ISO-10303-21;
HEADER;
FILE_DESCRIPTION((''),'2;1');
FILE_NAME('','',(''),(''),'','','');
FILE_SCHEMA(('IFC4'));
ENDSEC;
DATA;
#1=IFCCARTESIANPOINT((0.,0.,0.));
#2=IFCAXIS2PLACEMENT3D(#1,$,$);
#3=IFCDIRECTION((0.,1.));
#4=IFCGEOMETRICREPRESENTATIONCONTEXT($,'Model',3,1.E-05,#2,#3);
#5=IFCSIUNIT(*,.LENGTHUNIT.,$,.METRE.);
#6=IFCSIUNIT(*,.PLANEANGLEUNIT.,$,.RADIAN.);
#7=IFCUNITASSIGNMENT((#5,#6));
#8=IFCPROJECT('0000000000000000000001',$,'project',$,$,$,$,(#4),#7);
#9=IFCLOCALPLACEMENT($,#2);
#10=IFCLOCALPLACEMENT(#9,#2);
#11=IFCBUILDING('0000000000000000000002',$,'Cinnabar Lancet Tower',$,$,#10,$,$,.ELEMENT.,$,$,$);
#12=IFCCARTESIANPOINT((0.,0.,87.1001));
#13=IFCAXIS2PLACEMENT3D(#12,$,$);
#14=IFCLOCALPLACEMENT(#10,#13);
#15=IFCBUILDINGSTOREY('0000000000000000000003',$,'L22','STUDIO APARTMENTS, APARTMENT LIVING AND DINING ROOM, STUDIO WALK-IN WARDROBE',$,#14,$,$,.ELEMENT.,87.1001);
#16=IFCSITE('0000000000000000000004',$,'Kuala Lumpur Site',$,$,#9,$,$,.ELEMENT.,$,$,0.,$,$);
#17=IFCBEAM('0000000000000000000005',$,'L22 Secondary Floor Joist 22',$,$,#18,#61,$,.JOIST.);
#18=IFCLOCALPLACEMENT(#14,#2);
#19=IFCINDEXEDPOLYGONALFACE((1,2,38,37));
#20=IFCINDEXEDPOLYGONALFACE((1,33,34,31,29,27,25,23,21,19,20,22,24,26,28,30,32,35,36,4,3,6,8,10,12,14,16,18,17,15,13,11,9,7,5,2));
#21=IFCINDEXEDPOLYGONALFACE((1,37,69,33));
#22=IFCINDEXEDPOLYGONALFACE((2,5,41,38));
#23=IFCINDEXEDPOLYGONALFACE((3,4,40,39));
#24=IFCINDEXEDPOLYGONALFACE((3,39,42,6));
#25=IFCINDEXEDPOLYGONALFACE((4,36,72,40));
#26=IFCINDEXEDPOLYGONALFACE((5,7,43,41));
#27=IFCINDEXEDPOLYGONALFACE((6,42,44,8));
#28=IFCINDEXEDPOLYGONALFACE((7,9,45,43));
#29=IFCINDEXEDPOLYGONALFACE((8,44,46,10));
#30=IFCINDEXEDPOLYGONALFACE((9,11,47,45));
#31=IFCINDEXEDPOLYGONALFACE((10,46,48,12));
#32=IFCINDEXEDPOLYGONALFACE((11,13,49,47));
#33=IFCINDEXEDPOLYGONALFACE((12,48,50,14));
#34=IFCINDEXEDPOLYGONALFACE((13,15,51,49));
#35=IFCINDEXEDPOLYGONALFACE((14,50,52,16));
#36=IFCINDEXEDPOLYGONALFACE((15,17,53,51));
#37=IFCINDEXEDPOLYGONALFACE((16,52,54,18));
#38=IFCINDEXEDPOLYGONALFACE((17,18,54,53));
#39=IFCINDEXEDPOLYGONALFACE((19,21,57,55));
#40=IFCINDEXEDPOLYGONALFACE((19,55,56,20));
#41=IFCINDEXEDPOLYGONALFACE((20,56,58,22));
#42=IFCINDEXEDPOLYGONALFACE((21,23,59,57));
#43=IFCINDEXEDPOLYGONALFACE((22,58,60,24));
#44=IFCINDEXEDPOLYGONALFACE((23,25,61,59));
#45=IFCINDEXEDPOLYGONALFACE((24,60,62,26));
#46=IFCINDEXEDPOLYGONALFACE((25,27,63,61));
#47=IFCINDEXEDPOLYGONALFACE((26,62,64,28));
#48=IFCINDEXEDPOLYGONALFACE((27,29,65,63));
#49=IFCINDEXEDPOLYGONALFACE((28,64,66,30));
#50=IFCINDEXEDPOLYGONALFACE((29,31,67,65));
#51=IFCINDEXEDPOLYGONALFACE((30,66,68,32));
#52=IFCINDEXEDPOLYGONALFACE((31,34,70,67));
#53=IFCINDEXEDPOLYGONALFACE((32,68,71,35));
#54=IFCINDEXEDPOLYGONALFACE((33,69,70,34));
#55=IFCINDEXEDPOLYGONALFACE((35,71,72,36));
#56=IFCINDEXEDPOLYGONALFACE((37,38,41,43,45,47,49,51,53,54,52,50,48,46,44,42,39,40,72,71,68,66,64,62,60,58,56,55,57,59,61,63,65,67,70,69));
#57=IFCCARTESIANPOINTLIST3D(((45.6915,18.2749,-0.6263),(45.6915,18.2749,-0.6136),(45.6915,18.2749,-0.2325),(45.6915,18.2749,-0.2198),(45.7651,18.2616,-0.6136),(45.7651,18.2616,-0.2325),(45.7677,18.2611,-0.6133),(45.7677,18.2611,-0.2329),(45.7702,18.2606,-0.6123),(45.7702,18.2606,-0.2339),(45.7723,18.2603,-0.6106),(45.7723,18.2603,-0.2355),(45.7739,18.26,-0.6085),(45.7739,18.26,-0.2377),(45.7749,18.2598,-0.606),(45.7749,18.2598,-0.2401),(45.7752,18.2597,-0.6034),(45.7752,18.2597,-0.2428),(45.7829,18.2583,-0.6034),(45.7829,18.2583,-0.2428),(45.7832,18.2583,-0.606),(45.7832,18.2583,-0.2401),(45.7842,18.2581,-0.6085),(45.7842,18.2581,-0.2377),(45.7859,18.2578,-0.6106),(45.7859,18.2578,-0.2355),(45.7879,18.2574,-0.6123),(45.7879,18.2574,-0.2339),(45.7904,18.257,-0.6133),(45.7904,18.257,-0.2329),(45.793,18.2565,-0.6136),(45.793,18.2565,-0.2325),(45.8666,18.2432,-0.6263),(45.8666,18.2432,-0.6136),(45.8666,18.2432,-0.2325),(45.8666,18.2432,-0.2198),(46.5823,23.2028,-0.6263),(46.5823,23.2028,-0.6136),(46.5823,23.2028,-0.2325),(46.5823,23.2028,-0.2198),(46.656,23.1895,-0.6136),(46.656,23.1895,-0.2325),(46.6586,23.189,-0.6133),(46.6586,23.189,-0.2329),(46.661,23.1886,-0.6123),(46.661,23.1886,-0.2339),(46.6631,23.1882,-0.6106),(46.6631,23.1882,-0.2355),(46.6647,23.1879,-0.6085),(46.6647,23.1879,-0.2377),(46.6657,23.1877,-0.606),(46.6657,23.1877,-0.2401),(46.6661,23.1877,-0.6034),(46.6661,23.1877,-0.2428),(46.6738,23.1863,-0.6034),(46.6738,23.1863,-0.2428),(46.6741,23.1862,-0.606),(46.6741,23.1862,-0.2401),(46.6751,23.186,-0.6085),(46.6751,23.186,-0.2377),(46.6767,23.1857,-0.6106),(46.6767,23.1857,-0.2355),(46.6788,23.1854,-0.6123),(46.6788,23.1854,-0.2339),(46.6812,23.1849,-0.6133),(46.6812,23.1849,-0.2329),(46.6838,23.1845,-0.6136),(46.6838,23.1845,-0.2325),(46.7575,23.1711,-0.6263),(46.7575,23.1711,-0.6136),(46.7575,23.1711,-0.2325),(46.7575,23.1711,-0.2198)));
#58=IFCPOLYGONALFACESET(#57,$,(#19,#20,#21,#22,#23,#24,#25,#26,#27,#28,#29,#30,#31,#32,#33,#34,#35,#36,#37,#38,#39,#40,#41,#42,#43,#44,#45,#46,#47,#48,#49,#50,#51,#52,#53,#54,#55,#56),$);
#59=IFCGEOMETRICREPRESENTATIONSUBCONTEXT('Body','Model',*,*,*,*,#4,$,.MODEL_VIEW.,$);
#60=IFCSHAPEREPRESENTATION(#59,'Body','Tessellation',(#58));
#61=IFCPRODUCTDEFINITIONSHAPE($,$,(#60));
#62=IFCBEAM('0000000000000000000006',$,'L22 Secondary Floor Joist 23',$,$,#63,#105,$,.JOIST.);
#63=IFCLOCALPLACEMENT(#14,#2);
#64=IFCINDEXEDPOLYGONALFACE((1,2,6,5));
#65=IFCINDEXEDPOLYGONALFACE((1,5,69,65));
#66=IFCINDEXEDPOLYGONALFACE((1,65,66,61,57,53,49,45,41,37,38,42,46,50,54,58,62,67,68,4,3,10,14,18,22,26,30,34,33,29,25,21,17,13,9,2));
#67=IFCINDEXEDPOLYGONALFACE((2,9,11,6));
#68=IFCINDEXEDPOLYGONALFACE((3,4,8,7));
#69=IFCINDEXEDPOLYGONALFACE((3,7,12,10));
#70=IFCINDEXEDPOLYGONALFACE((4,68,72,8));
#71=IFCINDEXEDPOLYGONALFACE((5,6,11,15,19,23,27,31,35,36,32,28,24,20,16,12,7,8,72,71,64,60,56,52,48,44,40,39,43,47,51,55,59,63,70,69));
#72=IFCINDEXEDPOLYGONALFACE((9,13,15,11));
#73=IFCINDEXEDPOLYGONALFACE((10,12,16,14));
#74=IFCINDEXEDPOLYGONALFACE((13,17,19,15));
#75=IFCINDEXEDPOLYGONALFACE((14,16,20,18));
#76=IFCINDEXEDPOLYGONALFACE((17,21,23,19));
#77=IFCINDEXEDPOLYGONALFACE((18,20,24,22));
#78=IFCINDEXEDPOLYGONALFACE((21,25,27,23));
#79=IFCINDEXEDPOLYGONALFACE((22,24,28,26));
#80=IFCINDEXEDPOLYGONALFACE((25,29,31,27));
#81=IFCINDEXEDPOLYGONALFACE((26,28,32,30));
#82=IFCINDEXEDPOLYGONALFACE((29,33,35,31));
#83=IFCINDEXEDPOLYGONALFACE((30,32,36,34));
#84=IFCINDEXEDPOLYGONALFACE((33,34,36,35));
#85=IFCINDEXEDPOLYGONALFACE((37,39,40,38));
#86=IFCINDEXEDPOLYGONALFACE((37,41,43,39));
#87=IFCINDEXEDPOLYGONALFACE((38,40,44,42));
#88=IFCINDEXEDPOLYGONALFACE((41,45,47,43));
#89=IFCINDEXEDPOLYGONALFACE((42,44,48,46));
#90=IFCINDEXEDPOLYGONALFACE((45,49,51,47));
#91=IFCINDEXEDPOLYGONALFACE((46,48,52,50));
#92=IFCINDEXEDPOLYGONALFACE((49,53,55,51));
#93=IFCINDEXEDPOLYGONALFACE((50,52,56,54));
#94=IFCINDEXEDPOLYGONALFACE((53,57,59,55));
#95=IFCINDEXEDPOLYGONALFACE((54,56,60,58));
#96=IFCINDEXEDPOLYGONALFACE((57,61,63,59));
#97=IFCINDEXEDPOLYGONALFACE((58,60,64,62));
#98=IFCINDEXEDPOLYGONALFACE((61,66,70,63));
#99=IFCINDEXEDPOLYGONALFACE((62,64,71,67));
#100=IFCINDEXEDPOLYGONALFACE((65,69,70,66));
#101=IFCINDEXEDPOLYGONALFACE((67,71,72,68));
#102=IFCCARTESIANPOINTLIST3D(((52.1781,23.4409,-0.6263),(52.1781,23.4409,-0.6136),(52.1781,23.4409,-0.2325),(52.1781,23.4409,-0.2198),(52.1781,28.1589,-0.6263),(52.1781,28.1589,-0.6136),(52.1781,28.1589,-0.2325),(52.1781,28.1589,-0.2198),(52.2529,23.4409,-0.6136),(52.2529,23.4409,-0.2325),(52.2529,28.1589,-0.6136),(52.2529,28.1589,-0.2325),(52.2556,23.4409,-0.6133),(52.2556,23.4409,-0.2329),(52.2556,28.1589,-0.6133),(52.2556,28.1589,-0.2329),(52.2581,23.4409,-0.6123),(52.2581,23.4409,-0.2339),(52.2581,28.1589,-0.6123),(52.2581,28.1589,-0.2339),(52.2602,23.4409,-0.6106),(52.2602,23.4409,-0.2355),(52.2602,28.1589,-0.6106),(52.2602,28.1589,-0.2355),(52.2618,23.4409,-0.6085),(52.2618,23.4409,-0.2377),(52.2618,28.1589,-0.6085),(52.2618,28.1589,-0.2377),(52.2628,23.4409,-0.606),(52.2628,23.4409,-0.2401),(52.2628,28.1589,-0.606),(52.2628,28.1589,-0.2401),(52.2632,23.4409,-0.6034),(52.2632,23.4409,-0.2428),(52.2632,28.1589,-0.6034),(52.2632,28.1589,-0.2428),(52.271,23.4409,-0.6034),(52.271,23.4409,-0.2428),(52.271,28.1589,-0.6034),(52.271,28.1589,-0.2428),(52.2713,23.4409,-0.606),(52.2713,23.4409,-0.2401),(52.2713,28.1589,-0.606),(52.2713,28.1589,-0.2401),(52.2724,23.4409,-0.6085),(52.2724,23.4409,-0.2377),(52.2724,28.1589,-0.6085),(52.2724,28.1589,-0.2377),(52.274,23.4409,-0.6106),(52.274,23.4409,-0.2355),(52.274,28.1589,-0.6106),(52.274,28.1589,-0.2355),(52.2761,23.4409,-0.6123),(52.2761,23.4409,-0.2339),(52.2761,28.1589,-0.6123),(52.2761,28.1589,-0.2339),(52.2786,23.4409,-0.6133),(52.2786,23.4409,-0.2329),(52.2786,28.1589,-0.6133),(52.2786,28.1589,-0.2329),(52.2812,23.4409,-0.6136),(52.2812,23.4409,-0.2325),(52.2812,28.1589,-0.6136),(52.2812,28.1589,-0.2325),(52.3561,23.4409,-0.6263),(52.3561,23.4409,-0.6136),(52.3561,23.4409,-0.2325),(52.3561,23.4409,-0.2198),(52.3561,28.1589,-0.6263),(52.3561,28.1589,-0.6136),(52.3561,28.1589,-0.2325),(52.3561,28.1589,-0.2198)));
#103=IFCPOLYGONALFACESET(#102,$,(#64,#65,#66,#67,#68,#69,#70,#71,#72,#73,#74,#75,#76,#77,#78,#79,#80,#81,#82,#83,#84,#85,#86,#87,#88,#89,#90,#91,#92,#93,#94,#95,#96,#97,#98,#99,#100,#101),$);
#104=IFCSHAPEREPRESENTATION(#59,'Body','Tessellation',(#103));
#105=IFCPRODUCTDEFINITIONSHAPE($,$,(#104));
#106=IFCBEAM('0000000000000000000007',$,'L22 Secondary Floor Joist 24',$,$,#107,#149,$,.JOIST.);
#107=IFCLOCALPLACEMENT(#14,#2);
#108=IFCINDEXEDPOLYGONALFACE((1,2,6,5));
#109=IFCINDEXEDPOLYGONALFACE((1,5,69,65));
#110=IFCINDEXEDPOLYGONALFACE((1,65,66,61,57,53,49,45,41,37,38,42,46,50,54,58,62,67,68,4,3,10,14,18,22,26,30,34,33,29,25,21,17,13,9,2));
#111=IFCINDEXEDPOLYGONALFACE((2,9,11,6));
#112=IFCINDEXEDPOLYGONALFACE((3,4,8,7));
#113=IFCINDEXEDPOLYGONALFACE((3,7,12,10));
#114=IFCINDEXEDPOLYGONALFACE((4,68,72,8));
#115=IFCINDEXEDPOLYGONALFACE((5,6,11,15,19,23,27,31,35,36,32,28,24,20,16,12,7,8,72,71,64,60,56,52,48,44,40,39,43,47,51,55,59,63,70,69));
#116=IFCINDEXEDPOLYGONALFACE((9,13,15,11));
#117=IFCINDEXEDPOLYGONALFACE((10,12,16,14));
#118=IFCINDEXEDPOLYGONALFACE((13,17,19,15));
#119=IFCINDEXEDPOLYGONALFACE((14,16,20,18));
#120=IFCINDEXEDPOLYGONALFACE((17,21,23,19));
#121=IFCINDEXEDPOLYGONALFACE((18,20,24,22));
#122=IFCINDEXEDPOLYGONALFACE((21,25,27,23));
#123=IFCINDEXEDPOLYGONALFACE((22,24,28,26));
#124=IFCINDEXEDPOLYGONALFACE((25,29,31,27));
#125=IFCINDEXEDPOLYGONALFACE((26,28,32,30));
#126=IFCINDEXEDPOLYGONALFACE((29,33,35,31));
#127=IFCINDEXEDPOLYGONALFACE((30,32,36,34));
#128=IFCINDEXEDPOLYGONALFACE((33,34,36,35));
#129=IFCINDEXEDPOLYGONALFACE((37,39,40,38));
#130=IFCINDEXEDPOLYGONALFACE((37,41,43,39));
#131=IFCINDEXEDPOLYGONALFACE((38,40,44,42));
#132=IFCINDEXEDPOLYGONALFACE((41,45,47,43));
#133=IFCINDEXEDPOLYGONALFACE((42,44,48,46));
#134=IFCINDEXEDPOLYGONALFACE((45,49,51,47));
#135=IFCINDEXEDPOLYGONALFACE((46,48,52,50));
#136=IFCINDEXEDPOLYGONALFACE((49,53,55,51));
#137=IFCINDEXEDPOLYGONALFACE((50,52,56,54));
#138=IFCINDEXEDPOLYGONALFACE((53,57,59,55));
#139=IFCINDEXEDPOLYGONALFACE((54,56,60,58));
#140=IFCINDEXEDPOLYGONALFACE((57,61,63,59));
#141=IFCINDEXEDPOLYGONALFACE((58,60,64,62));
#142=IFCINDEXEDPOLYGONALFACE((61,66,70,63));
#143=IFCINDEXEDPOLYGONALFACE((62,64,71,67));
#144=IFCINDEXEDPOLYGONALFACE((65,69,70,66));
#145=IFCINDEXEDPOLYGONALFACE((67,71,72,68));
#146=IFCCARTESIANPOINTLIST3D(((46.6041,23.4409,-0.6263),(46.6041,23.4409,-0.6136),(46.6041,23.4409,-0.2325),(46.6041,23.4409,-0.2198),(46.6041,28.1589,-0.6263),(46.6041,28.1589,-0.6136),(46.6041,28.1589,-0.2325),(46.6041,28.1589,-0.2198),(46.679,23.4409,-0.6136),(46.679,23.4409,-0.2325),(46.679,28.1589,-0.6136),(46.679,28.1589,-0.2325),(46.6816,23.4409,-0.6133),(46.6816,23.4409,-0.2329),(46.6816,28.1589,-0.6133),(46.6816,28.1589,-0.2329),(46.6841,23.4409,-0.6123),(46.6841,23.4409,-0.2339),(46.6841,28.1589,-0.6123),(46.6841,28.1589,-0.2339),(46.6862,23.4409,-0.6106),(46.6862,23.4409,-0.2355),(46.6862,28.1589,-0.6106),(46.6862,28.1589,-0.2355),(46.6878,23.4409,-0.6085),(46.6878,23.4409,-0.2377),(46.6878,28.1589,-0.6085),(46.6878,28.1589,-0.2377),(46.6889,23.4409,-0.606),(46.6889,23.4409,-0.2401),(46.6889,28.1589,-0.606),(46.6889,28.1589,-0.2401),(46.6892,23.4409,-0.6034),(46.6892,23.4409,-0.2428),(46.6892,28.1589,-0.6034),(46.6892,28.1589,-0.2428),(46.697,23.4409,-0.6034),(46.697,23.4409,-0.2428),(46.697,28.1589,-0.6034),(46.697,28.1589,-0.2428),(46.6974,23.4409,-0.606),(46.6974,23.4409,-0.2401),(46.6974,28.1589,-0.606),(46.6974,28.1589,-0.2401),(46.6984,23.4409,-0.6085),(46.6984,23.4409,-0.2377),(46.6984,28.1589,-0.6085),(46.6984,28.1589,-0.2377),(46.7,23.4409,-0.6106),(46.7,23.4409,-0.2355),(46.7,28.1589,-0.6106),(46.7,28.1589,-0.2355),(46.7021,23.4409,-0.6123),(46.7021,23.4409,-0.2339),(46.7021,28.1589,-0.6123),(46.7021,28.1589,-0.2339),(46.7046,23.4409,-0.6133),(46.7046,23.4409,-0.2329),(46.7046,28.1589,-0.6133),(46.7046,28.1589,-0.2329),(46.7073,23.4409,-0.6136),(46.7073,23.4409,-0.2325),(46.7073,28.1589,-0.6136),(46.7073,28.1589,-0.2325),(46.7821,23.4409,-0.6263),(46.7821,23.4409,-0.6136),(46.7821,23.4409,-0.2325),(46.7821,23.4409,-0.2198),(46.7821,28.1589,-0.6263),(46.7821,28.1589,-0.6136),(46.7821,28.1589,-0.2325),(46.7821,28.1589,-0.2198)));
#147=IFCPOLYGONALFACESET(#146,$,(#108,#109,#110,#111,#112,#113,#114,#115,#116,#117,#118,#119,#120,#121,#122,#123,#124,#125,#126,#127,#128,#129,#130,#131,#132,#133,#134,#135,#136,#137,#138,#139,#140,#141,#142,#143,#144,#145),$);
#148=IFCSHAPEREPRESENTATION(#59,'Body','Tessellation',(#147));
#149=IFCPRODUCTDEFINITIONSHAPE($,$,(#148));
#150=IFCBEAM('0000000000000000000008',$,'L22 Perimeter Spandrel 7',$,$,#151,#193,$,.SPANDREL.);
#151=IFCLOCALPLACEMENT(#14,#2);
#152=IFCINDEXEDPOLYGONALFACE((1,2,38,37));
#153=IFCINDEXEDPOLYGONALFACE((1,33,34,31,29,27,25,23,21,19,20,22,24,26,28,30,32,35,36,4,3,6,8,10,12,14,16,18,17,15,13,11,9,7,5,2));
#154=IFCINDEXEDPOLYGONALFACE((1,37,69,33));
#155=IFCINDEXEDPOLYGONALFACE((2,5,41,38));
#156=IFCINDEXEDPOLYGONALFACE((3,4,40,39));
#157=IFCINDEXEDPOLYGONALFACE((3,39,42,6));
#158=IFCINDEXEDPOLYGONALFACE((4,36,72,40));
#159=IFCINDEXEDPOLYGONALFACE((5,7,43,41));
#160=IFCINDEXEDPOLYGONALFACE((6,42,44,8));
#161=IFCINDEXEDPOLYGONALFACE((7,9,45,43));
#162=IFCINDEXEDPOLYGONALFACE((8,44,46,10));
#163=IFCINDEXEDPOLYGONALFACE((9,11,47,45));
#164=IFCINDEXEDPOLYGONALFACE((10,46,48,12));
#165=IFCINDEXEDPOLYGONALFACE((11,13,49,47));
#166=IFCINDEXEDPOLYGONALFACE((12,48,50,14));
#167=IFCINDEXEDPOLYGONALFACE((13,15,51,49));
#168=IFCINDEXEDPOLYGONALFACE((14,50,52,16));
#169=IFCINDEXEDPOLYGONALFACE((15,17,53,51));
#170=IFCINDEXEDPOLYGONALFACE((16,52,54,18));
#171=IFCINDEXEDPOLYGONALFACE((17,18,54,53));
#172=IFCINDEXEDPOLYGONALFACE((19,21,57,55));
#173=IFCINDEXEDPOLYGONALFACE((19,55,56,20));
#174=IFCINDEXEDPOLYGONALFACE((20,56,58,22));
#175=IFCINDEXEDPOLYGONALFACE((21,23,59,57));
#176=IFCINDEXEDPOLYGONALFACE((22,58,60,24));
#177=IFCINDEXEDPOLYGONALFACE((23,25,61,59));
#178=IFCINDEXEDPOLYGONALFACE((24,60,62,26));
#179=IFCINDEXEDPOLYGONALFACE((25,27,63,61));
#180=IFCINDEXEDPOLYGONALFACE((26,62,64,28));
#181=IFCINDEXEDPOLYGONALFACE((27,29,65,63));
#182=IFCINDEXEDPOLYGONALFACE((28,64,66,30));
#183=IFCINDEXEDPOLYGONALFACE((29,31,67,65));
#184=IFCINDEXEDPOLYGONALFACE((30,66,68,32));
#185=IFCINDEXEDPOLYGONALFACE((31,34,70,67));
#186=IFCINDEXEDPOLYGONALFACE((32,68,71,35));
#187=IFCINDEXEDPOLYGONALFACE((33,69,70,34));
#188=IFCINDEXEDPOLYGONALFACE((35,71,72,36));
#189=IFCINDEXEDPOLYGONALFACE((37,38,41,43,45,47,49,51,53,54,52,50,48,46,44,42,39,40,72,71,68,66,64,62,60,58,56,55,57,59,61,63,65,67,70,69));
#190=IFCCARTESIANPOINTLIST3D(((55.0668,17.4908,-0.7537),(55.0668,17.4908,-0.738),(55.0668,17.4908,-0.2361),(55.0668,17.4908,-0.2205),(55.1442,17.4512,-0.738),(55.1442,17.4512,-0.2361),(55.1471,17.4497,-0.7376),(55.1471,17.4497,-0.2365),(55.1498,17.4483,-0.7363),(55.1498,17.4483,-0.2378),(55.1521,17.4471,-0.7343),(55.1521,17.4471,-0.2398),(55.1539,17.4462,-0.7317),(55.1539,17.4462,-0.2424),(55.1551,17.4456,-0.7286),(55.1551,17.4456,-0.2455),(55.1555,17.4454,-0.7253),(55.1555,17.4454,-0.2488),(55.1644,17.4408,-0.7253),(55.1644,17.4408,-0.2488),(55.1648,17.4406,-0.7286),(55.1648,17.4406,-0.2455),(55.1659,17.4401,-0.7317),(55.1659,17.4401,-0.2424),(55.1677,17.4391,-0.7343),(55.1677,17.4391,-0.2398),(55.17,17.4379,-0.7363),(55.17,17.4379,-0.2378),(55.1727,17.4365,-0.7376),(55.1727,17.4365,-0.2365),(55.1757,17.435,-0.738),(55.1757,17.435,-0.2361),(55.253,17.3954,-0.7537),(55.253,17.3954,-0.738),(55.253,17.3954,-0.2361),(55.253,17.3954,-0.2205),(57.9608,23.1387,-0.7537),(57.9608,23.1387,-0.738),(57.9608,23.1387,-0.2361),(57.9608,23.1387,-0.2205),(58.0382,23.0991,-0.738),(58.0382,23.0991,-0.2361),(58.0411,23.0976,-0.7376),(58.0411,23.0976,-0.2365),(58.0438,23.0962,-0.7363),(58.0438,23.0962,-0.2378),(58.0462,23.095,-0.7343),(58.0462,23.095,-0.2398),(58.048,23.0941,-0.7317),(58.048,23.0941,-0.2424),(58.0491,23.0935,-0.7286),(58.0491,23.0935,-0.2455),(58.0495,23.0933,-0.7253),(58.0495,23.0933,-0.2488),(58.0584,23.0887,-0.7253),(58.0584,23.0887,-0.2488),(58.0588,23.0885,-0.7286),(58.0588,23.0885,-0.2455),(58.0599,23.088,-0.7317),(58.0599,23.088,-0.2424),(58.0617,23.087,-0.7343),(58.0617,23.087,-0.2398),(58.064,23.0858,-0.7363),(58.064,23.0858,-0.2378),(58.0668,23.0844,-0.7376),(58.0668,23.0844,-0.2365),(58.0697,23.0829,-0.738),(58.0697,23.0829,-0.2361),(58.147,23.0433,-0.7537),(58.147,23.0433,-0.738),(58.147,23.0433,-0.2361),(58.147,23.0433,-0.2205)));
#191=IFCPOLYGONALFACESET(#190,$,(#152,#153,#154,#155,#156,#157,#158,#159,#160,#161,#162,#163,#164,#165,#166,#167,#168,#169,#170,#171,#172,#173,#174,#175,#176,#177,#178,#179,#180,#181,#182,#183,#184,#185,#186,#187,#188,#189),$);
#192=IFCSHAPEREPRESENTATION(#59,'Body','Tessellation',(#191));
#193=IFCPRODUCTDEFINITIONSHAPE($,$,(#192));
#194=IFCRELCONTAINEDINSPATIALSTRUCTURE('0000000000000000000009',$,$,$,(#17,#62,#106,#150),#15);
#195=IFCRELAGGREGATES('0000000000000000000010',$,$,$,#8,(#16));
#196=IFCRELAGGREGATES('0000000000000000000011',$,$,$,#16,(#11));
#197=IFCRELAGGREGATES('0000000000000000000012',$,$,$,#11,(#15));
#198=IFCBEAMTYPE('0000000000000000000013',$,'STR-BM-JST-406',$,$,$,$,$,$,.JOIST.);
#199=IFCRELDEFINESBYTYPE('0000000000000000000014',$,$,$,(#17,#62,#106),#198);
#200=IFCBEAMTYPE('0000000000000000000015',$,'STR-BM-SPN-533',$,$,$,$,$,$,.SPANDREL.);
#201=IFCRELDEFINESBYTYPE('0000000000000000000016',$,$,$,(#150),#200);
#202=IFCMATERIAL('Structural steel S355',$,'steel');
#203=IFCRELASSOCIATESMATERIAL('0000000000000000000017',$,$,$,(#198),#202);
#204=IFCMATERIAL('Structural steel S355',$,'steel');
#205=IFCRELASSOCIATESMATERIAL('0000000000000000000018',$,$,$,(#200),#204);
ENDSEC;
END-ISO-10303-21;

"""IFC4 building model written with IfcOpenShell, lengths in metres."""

from ifc_helpers import new_model, si_unit, direction, frame, origin, origin_2d, place, context, subcontext, project, spatial, i_section, extrude, material, material_profile, profile_set, type_object, element, save


model = new_model("IFC4")

# Units and contexts
model_context = context("Model", 3, precision=1e-05, world=origin(), true_north=direction((0.0, 1.0)))
body_context = subcontext(model_context, "Body", "Model", "MODEL_VIEW")
ifc_project = project(units=[si_unit("LENGTHUNIT", "METRE"), si_unit("PLANEANGLEUNIT", "RADIAN")], contexts=[model_context])

# Site, building, storey
site_placement = place(None, origin())
site = spatial("IfcSite", under=ifc_project, at=site_placement, Name="Kuala Lumpur Site", CompositionType="ELEMENT", RefElevation=0.0)
building_placement = place(site_placement, origin())
building = spatial("IfcBuilding", under=site, at=building_placement, Name="Cinnabar Lancet Tower", CompositionType="ELEMENT")
storey_placement = place(building_placement, frame((0.0, 0.0, 87.1001)))
storey = spatial("IfcBuildingStorey", under=building, at=storey_placement, Name="L22", Description="STUDIO APARTMENTS, APARTMENT LIVING AND DINING ROOM, STUDIO WALK-IN WARDROBE", CompositionType="ELEMENT", Elevation=87.1001)

# Beams
ifc_material_1 = material(Name="Structural steel S355", Category="steel")
ifc_material_profile_1 = material_profile(ifc_material_1, i_section(OverallWidth=0.178, OverallDepth=0.4065, WebThickness=0.0078, FlangeThickness=0.0127, FilletRadius=0.0103, at=origin_2d()), Name="UKB 406x178x60")
ifc_profile_set_1 = profile_set([ifc_material_profile_1], Name="Structural steel S355")
beam_type_1 = type_object("IfcBeamType", Name="STR-BM-JST-406", PredefinedType="JOIST", material=ifc_profile_set_1)
beam_1_placement = place(storey_placement, frame((45.7791, 18.259, -0.4231), z_axis=(0.177894, 0.98405, 0.0), x_axis=(-0.98405, 0.177894, 0.0)))
element("IfcBeam", 1, at=beam_1_placement, inside=storey, type_object=beam_type_1, Name="L22 Secondary Floor Joist 22", PredefinedType="JOIST", context=body_context, shape_type="SweptSolid", body=[
    extrude(i_section(OverallWidth=0.178, OverallDepth=0.4065, WebThickness=0.0078, FlangeThickness=0.0127, FilletRadius=0.0103, at=origin_2d()), origin(), (0.0, 0.0, 1.0), 5.0078),
])
for number, where, z_axis, x_axis, name in (
    (2, (52.2671, 23.4409, -0.4231), (0.0, 1.0, 0.0), (-1.0, 0.0, 0.0), "L22 Secondary Floor Joist 23"),
    (3, (46.6931, 23.4409, -0.4231), (0.0, 1.0, 0.0), (-1.0, 0.0, 0.0), "L22 Secondary Floor Joist 24"),
):
    element("IfcBeam", number, at=place(storey_placement, frame(where, z_axis=z_axis, x_axis=x_axis)), inside=storey, type_object=beam_type_1, Name=name, PredefinedType="JOIST", context=body_context, shape_type="SweptSolid", body=[
        extrude(i_section(OverallWidth=0.178, OverallDepth=0.4065, WebThickness=0.0078, FlangeThickness=0.0127, FilletRadius=0.0103, at=origin_2d()), origin(), (0.0, 0.0, 1.0), 4.718),
    ])
ifc_material_2 = material(Name="Structural steel S355", Category="steel")
ifc_material_profile_2 = material_profile(ifc_material_2, i_section(OverallWidth=0.2092, OverallDepth=0.5332, WebThickness=0.01, FlangeThickness=0.0156, FilletRadius=0.0127, at=origin_2d()), Name="UKB 533x210x92")
ifc_profile_set_2 = profile_set([ifc_material_profile_2], Name="Structural steel S355")
beam_type_2 = type_object("IfcBeamType", Name="STR-BM-SPN-533", PredefinedType="SPANDREL", material=ifc_profile_set_2)
beam_2_placement = place(storey_placement, frame((55.1599, 17.4431, -0.4871), z_axis=(0.456025, 0.889967, 0.0), x_axis=(-0.889967, 0.456025, 0.0)))
element("IfcBeam", 4, at=beam_2_placement, inside=storey, type_object=beam_type_2, Name="L22 Perimeter Spandrel 7", PredefinedType="SPANDREL", context=body_context, shape_type="SweptSolid", body=[
    extrude(i_section(OverallWidth=0.2092, OverallDepth=0.5332, WebThickness=0.01, FlangeThickness=0.0156, FilletRadius=0.0127, at=origin_2d()), origin(), (0.0, 0.0, 1.0), 6.3462),
])

save(model, "model.ifc")
